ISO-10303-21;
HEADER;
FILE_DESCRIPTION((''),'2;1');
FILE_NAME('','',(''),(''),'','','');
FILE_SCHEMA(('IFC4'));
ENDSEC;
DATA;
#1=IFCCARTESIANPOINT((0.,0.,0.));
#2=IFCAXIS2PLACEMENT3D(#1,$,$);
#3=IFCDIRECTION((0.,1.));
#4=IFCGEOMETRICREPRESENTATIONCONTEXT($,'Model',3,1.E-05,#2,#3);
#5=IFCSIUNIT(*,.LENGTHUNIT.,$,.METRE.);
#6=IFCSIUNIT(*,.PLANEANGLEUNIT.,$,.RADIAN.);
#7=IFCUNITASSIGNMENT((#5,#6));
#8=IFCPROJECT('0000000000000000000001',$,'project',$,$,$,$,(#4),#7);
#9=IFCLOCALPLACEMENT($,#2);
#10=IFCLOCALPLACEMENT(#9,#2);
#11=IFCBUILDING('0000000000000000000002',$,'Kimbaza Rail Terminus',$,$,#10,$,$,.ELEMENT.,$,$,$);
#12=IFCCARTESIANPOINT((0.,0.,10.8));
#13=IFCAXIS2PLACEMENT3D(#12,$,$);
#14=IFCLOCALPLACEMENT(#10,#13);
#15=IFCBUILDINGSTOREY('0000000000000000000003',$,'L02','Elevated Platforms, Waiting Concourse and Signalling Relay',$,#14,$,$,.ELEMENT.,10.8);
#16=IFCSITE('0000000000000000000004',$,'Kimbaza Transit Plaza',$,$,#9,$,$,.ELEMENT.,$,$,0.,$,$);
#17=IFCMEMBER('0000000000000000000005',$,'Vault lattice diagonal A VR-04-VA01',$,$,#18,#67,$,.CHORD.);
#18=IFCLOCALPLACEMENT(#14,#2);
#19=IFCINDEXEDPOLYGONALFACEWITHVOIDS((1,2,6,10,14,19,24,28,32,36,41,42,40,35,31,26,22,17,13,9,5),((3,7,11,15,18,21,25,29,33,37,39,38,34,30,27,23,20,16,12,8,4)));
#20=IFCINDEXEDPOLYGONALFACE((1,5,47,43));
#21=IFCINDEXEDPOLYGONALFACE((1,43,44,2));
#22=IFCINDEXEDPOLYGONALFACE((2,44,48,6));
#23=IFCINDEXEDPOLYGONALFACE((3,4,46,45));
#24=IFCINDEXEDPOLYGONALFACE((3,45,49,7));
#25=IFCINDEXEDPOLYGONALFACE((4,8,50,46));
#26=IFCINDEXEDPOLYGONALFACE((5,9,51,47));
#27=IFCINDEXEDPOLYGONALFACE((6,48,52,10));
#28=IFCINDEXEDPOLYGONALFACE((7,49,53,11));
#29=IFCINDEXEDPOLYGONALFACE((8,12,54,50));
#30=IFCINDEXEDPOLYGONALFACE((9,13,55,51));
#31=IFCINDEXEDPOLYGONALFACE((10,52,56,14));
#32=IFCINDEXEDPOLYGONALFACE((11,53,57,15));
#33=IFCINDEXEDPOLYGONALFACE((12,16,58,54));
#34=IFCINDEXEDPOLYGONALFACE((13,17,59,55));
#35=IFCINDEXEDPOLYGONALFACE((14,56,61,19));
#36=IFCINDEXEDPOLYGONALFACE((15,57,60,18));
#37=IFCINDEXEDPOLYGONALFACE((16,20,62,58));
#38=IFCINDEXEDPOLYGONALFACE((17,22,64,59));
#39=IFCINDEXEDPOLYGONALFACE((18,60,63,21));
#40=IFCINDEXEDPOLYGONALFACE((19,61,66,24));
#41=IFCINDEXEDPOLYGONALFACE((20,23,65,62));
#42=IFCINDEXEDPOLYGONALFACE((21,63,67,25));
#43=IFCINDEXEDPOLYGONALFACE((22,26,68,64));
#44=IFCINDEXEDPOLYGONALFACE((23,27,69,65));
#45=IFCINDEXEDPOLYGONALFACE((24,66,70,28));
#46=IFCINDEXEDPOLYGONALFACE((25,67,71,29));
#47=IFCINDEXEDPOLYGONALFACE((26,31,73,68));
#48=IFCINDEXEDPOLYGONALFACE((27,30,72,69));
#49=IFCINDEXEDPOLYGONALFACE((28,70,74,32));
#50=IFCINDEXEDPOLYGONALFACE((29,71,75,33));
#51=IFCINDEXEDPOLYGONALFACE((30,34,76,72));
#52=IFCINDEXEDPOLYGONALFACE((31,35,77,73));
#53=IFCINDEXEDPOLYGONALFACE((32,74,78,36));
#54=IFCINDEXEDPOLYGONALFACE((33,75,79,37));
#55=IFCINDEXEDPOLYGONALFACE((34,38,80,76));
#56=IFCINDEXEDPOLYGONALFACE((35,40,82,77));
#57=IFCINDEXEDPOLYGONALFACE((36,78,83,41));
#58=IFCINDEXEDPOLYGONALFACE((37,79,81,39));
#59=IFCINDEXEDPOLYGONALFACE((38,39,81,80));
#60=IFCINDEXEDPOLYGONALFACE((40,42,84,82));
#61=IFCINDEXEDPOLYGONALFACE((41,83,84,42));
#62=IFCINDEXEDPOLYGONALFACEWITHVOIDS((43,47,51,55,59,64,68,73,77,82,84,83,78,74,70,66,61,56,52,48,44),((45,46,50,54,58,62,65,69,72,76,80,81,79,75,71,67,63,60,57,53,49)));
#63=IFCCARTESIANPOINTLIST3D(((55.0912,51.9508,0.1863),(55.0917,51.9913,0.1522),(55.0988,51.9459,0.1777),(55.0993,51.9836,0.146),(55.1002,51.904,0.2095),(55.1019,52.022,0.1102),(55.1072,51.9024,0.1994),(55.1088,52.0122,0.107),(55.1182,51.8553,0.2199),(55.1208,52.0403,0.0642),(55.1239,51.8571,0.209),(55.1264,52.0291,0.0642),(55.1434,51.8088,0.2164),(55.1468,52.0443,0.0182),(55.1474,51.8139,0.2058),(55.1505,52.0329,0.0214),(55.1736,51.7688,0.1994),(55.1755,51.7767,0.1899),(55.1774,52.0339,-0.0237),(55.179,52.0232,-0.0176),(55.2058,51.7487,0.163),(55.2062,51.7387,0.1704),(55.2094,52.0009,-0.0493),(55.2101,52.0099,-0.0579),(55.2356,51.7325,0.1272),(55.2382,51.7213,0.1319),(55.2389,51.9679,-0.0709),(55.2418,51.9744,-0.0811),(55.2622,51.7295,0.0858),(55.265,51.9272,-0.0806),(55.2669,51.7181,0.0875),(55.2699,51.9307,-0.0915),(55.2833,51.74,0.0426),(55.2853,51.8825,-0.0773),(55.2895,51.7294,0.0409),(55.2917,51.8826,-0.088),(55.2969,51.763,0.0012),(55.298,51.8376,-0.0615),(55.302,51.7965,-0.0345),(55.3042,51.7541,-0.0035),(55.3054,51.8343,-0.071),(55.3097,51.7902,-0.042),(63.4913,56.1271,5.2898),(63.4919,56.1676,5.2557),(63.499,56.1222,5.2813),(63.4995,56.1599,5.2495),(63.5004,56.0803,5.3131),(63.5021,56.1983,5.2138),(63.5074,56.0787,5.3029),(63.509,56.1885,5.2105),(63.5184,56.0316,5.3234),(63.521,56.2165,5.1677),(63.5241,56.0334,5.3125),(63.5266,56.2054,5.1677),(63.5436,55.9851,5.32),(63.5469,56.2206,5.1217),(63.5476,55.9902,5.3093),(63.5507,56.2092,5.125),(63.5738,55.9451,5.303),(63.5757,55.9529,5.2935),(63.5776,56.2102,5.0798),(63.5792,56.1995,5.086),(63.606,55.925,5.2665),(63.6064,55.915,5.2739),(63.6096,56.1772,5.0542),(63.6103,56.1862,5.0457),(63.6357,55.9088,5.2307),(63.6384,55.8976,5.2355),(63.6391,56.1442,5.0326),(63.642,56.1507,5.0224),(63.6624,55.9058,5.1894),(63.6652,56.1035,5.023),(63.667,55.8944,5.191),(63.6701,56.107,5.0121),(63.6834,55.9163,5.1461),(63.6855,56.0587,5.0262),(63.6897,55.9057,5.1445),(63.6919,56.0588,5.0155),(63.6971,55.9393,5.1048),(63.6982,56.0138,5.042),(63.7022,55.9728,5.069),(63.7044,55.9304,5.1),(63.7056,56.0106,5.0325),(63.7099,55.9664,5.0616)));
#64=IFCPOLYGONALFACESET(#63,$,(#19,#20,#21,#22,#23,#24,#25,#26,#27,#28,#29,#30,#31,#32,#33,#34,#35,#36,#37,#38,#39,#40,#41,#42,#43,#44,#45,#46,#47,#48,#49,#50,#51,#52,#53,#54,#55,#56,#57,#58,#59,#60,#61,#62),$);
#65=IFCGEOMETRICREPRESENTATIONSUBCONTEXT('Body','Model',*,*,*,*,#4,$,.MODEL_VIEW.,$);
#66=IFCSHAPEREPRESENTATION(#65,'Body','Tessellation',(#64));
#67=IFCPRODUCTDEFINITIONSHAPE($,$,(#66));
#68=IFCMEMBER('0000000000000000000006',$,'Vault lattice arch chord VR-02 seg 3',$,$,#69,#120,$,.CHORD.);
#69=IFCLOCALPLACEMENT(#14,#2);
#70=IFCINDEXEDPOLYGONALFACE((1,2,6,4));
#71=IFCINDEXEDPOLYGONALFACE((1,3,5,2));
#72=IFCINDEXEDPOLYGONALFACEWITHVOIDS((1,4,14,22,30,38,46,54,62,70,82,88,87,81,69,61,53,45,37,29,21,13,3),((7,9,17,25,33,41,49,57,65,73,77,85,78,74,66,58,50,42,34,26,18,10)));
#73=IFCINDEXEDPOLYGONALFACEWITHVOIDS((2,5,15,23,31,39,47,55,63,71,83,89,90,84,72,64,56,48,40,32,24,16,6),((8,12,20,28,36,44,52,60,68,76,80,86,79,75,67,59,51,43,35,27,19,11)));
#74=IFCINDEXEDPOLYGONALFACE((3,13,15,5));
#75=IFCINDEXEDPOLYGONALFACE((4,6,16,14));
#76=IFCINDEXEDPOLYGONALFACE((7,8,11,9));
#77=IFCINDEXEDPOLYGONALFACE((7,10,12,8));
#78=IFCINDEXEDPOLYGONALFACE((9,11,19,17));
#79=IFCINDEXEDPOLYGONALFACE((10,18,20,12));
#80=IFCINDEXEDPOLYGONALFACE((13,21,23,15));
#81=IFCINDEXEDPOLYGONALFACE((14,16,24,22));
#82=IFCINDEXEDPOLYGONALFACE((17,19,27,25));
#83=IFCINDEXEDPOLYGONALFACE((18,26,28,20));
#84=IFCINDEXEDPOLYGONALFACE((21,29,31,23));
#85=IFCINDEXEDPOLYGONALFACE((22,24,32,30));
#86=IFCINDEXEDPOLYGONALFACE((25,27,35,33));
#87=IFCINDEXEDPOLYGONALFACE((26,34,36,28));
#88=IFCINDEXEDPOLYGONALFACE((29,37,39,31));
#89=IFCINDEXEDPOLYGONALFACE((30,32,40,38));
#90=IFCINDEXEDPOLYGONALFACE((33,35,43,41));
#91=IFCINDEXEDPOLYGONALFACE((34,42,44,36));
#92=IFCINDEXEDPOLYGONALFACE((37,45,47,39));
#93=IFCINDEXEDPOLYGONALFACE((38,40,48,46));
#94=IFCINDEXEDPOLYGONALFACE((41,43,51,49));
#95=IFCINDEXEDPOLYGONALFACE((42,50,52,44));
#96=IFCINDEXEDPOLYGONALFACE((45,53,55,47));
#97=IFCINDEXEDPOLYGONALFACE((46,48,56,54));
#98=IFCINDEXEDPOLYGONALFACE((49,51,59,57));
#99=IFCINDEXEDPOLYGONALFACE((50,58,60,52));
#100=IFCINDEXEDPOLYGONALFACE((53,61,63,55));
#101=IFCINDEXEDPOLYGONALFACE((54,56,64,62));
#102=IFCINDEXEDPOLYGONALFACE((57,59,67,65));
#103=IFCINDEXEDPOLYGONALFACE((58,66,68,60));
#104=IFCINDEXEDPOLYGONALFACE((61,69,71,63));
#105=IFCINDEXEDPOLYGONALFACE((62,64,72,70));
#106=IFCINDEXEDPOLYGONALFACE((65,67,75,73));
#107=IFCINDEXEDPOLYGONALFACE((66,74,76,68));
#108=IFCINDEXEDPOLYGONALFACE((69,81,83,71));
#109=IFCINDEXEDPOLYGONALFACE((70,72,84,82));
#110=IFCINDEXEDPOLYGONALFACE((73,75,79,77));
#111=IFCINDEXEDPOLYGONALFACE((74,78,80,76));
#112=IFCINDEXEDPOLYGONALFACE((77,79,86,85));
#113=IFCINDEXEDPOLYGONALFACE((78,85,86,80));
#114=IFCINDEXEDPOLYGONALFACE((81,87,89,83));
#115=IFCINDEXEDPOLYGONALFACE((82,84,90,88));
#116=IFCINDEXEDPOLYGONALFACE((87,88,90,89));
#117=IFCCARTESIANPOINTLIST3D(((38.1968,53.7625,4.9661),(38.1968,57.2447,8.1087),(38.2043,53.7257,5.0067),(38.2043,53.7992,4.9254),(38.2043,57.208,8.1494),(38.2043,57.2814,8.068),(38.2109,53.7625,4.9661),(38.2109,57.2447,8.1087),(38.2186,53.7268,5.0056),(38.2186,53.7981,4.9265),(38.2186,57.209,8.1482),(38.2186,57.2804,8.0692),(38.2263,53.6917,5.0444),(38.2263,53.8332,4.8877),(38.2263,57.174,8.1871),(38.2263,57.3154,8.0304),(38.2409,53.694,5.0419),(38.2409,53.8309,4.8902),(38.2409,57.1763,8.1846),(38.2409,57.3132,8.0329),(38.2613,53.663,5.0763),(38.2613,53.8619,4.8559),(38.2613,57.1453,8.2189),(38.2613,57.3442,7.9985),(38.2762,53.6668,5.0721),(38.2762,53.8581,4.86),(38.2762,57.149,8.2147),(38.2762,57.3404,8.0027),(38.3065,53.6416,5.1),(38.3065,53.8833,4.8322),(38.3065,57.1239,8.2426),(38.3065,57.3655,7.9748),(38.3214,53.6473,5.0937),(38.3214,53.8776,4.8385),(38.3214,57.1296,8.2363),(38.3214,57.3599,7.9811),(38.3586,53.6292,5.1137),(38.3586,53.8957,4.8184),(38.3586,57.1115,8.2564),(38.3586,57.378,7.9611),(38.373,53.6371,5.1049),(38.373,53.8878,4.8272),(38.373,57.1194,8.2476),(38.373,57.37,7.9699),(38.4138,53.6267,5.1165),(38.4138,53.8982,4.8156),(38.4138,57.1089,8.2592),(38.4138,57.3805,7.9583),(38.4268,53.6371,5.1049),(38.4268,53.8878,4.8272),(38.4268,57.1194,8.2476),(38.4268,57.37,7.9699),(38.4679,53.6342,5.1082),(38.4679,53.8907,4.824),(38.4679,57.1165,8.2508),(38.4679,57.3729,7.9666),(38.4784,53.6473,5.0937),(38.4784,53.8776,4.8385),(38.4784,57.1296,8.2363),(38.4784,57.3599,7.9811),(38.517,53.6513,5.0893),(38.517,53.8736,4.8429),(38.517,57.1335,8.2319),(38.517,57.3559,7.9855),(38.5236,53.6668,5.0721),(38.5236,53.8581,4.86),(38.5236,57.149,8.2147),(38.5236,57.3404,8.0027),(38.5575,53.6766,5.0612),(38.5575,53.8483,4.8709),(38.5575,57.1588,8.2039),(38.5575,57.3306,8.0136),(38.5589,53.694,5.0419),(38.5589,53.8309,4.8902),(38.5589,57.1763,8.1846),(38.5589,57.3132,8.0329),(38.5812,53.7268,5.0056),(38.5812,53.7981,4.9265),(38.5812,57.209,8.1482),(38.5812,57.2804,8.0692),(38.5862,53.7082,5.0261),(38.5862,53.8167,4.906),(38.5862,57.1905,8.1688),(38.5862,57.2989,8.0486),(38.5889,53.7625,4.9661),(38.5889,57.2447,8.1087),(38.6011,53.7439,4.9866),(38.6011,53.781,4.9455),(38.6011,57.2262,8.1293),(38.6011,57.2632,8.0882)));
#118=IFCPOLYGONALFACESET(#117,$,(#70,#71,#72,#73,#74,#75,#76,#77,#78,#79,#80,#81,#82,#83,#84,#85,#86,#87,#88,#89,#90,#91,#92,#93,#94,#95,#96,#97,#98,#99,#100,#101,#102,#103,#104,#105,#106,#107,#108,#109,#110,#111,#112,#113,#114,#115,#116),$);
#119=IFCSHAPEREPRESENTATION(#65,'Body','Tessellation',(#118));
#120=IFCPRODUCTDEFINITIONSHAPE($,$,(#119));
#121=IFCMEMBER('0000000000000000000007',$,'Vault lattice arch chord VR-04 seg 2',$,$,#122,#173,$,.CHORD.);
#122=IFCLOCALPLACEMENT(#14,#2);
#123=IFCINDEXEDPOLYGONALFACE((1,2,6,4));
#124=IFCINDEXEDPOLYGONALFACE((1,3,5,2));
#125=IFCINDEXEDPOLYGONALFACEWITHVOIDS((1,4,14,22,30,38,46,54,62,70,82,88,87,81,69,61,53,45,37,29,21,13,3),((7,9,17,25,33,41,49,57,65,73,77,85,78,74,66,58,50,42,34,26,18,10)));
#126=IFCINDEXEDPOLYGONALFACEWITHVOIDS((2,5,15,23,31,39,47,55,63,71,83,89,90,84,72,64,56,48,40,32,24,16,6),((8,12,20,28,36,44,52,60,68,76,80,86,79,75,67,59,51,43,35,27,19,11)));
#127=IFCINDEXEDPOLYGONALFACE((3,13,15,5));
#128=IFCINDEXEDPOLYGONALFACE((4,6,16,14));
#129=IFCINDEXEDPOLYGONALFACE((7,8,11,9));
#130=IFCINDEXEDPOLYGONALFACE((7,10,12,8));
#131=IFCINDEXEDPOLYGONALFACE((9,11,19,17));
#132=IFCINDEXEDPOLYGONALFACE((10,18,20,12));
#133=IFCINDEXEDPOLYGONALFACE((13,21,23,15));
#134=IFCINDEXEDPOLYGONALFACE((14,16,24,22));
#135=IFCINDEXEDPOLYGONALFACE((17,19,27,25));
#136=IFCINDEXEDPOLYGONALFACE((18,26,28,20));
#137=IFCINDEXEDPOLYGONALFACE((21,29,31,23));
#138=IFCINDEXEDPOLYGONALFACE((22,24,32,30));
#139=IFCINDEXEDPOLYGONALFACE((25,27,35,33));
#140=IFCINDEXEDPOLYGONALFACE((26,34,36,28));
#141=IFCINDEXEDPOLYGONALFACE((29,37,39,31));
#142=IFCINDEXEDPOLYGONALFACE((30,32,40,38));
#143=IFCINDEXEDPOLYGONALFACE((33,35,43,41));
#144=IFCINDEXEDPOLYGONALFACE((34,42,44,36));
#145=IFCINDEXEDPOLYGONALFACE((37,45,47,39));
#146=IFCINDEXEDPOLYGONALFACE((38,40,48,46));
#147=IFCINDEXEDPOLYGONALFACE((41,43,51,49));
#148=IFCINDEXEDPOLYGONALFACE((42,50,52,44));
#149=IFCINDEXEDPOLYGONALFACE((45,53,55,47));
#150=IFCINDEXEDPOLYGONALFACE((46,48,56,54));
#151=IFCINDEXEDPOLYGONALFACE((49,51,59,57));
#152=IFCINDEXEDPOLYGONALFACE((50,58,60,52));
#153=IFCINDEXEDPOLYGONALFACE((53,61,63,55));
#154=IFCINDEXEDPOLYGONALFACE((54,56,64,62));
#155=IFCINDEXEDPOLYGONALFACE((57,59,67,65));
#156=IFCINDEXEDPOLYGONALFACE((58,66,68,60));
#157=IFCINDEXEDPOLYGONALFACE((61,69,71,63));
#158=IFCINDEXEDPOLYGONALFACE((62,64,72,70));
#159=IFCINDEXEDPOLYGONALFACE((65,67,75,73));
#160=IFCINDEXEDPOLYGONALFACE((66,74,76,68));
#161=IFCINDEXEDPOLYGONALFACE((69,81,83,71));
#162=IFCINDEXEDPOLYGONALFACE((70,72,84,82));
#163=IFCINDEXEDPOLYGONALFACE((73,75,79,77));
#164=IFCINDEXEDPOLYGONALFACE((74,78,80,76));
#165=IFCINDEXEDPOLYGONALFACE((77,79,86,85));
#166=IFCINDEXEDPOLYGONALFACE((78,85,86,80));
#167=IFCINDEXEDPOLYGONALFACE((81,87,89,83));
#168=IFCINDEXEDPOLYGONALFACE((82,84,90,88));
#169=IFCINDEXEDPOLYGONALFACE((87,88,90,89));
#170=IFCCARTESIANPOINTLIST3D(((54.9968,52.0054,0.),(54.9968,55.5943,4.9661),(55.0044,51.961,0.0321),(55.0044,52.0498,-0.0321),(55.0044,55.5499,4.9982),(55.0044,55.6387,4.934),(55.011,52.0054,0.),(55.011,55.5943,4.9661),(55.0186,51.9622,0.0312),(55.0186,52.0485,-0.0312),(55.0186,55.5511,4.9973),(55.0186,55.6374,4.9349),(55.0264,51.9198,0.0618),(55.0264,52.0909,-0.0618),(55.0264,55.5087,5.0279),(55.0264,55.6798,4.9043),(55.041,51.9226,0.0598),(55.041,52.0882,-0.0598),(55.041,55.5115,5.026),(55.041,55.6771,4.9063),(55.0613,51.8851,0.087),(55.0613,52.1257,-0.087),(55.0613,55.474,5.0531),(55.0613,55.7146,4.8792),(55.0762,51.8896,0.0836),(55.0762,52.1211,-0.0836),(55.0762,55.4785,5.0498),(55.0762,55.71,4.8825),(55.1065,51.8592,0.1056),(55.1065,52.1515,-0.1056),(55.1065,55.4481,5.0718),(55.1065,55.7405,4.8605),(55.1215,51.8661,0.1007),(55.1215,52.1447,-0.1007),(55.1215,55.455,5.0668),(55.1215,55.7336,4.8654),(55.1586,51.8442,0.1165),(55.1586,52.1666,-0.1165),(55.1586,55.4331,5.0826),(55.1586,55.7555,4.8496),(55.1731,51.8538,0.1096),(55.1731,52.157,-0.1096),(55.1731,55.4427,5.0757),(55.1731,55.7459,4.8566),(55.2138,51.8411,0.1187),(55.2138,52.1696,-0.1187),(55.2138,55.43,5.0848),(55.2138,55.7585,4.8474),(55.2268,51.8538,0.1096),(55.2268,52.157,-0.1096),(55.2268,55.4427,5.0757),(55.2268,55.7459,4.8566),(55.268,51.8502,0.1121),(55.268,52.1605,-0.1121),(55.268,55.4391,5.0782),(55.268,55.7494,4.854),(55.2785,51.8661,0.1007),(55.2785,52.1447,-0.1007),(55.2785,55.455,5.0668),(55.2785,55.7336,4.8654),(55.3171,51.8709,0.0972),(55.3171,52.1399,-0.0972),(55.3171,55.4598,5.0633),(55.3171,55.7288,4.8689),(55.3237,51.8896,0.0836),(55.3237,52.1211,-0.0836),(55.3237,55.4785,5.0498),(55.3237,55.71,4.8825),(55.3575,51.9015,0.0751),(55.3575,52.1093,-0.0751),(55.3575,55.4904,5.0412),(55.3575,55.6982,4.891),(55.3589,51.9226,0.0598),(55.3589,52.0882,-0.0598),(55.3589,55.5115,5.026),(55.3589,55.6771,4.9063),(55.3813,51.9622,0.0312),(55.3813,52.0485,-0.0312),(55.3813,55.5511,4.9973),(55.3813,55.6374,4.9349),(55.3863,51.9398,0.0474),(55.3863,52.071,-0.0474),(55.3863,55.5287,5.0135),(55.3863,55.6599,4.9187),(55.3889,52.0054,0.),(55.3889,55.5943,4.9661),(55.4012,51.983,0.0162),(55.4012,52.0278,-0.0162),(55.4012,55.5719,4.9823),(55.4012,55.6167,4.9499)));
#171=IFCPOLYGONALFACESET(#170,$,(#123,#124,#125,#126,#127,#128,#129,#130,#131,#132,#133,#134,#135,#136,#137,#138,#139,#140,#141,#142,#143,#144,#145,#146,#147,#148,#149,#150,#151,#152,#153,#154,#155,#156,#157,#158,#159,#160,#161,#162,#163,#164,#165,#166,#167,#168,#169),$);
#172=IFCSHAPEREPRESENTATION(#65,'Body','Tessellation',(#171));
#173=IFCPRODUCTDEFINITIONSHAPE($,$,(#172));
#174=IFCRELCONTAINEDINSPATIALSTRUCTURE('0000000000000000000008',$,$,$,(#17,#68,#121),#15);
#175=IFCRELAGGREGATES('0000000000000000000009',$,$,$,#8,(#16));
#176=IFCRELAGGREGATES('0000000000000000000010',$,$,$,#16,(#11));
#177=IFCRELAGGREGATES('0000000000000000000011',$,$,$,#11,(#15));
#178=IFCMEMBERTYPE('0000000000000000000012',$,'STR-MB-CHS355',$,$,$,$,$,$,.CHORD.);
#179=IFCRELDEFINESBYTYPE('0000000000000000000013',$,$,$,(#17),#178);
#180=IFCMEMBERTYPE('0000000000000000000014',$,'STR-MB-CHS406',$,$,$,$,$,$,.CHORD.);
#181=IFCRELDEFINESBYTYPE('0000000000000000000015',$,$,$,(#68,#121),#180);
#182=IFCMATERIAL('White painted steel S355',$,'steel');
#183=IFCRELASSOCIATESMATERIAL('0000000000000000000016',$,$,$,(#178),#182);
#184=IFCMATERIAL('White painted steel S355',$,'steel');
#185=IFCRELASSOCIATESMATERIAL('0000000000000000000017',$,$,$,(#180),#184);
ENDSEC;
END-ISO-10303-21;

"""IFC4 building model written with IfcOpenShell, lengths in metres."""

from ifc_helpers import new_model, si_unit, direction, frame, origin, origin_2d, place, context, subcontext, project, spatial, hollow_circle, extrude, material, material_profile, profile_set, type_object, element, save


model = new_model("IFC4")

# Units and contexts
model_context = context("Model", 3, precision=1e-05, world=origin(), true_north=direction((0.0, 1.0)))
body_context = subcontext(model_context, "Body", "Model", "MODEL_VIEW")
ifc_project = project(units=[si_unit("LENGTHUNIT", "METRE"), si_unit("PLANEANGLEUNIT", "RADIAN")], contexts=[model_context])

# Site, building, storey
site_placement = place(None, origin())
site = spatial("IfcSite", under=ifc_project, at=site_placement, Name="Kimbaza Transit Plaza", CompositionType="ELEMENT", RefElevation=0.0)
building_placement = place(site_placement, origin())
building = spatial("IfcBuilding", under=site, at=building_placement, Name="Kimbaza Rail Terminus", CompositionType="ELEMENT")
storey_placement = place(building_placement, frame((0.0, 0.0, 10.8)))
storey = spatial("IfcBuildingStorey", under=building, at=storey_placement, Name="L02", Description="Elevated Platforms, Waiting Concourse and Signalling Relay", CompositionType="ELEMENT", Elevation=10.8)

# Members
ifc_material_1 = material(Name="White painted steel S355", Category="steel")
ifc_material_profile_1 = material_profile(ifc_material_1, hollow_circle(Radius=0.1777, WallThickness=0.0125, at=origin_2d()), Name="CHS 355.6x12.5")
ifc_profile_set_1 = profile_set([ifc_material_profile_1], Name="White painted steel S355")
member_type_1 = type_object("IfcMemberType", Name="STR-MB-CHS355", PredefinedType="CHORD", material=ifc_profile_set_1)
member_1_placement = place(storey_placement, frame((55.2, 51.8811, 0.0642), z_axis=(0.786575, 0.391058, 0.477884), x_axis=(-0.445182, 0.89544, 0.0)))
element("IfcMember", 1, at=member_1_placement, inside=storey, type_object=member_type_1, Name="Vault lattice diagonal A VR-04-VA01", PredefinedType="CHORD", context=body_context, shape_type="SweptSolid", body=[
    extrude(hollow_circle(Radius=0.1777, WallThickness=0.0125, at=origin_2d()), origin(), (0.0, 0.0, 1.0), 10.6794),
])
ifc_material_2 = material(Name="White painted steel S355", Category="steel")
ifc_material_profile_2 = material_profile(ifc_material_2, hollow_circle(Radius=0.2031, WallThickness=0.0142, at=origin_2d()), Name="CHS 406.4x14.2")
ifc_profile_set_2 = profile_set([ifc_material_profile_2], Name="White painted steel S355")
member_type_2 = type_object("IfcMemberType", Name="STR-MB-CHS406", PredefinedType="CHORD", material=ifc_profile_set_2)
member_2_placement = place(storey_placement, frame((38.3999, 53.7625, 4.9661), z_axis=(0.0, 0.74238, 0.669979), x_axis=(-1.0, 0.0, 0.0)))
element("IfcMember", 2, at=member_2_placement, inside=storey, type_object=member_type_2, Name="Vault lattice arch chord VR-02 seg 3", PredefinedType="CHORD", context=body_context, shape_type="SweptSolid", body=[
    extrude(hollow_circle(Radius=0.2031, WallThickness=0.0142, at=origin_2d()), origin(), (0.0, 0.0, 1.0), 4.6907),
])
member_3_placement = place(storey_placement, frame((55.2, 52.0054, 0.0), z_axis=(0.0, 0.585733, 0.810504), x_axis=(-1.0, 0.0, 0.0)))
element("IfcMember", 3, at=member_3_placement, inside=storey, type_object=member_type_2, Name="Vault lattice arch chord VR-04 seg 2", PredefinedType="CHORD", context=body_context, shape_type="SweptSolid", body=[
    extrude(hollow_circle(Radius=0.2031, WallThickness=0.0142, at=origin_2d()), origin(), (0.0, 0.0, 1.0), 6.1272),
])

save(model, "model.ifc")
